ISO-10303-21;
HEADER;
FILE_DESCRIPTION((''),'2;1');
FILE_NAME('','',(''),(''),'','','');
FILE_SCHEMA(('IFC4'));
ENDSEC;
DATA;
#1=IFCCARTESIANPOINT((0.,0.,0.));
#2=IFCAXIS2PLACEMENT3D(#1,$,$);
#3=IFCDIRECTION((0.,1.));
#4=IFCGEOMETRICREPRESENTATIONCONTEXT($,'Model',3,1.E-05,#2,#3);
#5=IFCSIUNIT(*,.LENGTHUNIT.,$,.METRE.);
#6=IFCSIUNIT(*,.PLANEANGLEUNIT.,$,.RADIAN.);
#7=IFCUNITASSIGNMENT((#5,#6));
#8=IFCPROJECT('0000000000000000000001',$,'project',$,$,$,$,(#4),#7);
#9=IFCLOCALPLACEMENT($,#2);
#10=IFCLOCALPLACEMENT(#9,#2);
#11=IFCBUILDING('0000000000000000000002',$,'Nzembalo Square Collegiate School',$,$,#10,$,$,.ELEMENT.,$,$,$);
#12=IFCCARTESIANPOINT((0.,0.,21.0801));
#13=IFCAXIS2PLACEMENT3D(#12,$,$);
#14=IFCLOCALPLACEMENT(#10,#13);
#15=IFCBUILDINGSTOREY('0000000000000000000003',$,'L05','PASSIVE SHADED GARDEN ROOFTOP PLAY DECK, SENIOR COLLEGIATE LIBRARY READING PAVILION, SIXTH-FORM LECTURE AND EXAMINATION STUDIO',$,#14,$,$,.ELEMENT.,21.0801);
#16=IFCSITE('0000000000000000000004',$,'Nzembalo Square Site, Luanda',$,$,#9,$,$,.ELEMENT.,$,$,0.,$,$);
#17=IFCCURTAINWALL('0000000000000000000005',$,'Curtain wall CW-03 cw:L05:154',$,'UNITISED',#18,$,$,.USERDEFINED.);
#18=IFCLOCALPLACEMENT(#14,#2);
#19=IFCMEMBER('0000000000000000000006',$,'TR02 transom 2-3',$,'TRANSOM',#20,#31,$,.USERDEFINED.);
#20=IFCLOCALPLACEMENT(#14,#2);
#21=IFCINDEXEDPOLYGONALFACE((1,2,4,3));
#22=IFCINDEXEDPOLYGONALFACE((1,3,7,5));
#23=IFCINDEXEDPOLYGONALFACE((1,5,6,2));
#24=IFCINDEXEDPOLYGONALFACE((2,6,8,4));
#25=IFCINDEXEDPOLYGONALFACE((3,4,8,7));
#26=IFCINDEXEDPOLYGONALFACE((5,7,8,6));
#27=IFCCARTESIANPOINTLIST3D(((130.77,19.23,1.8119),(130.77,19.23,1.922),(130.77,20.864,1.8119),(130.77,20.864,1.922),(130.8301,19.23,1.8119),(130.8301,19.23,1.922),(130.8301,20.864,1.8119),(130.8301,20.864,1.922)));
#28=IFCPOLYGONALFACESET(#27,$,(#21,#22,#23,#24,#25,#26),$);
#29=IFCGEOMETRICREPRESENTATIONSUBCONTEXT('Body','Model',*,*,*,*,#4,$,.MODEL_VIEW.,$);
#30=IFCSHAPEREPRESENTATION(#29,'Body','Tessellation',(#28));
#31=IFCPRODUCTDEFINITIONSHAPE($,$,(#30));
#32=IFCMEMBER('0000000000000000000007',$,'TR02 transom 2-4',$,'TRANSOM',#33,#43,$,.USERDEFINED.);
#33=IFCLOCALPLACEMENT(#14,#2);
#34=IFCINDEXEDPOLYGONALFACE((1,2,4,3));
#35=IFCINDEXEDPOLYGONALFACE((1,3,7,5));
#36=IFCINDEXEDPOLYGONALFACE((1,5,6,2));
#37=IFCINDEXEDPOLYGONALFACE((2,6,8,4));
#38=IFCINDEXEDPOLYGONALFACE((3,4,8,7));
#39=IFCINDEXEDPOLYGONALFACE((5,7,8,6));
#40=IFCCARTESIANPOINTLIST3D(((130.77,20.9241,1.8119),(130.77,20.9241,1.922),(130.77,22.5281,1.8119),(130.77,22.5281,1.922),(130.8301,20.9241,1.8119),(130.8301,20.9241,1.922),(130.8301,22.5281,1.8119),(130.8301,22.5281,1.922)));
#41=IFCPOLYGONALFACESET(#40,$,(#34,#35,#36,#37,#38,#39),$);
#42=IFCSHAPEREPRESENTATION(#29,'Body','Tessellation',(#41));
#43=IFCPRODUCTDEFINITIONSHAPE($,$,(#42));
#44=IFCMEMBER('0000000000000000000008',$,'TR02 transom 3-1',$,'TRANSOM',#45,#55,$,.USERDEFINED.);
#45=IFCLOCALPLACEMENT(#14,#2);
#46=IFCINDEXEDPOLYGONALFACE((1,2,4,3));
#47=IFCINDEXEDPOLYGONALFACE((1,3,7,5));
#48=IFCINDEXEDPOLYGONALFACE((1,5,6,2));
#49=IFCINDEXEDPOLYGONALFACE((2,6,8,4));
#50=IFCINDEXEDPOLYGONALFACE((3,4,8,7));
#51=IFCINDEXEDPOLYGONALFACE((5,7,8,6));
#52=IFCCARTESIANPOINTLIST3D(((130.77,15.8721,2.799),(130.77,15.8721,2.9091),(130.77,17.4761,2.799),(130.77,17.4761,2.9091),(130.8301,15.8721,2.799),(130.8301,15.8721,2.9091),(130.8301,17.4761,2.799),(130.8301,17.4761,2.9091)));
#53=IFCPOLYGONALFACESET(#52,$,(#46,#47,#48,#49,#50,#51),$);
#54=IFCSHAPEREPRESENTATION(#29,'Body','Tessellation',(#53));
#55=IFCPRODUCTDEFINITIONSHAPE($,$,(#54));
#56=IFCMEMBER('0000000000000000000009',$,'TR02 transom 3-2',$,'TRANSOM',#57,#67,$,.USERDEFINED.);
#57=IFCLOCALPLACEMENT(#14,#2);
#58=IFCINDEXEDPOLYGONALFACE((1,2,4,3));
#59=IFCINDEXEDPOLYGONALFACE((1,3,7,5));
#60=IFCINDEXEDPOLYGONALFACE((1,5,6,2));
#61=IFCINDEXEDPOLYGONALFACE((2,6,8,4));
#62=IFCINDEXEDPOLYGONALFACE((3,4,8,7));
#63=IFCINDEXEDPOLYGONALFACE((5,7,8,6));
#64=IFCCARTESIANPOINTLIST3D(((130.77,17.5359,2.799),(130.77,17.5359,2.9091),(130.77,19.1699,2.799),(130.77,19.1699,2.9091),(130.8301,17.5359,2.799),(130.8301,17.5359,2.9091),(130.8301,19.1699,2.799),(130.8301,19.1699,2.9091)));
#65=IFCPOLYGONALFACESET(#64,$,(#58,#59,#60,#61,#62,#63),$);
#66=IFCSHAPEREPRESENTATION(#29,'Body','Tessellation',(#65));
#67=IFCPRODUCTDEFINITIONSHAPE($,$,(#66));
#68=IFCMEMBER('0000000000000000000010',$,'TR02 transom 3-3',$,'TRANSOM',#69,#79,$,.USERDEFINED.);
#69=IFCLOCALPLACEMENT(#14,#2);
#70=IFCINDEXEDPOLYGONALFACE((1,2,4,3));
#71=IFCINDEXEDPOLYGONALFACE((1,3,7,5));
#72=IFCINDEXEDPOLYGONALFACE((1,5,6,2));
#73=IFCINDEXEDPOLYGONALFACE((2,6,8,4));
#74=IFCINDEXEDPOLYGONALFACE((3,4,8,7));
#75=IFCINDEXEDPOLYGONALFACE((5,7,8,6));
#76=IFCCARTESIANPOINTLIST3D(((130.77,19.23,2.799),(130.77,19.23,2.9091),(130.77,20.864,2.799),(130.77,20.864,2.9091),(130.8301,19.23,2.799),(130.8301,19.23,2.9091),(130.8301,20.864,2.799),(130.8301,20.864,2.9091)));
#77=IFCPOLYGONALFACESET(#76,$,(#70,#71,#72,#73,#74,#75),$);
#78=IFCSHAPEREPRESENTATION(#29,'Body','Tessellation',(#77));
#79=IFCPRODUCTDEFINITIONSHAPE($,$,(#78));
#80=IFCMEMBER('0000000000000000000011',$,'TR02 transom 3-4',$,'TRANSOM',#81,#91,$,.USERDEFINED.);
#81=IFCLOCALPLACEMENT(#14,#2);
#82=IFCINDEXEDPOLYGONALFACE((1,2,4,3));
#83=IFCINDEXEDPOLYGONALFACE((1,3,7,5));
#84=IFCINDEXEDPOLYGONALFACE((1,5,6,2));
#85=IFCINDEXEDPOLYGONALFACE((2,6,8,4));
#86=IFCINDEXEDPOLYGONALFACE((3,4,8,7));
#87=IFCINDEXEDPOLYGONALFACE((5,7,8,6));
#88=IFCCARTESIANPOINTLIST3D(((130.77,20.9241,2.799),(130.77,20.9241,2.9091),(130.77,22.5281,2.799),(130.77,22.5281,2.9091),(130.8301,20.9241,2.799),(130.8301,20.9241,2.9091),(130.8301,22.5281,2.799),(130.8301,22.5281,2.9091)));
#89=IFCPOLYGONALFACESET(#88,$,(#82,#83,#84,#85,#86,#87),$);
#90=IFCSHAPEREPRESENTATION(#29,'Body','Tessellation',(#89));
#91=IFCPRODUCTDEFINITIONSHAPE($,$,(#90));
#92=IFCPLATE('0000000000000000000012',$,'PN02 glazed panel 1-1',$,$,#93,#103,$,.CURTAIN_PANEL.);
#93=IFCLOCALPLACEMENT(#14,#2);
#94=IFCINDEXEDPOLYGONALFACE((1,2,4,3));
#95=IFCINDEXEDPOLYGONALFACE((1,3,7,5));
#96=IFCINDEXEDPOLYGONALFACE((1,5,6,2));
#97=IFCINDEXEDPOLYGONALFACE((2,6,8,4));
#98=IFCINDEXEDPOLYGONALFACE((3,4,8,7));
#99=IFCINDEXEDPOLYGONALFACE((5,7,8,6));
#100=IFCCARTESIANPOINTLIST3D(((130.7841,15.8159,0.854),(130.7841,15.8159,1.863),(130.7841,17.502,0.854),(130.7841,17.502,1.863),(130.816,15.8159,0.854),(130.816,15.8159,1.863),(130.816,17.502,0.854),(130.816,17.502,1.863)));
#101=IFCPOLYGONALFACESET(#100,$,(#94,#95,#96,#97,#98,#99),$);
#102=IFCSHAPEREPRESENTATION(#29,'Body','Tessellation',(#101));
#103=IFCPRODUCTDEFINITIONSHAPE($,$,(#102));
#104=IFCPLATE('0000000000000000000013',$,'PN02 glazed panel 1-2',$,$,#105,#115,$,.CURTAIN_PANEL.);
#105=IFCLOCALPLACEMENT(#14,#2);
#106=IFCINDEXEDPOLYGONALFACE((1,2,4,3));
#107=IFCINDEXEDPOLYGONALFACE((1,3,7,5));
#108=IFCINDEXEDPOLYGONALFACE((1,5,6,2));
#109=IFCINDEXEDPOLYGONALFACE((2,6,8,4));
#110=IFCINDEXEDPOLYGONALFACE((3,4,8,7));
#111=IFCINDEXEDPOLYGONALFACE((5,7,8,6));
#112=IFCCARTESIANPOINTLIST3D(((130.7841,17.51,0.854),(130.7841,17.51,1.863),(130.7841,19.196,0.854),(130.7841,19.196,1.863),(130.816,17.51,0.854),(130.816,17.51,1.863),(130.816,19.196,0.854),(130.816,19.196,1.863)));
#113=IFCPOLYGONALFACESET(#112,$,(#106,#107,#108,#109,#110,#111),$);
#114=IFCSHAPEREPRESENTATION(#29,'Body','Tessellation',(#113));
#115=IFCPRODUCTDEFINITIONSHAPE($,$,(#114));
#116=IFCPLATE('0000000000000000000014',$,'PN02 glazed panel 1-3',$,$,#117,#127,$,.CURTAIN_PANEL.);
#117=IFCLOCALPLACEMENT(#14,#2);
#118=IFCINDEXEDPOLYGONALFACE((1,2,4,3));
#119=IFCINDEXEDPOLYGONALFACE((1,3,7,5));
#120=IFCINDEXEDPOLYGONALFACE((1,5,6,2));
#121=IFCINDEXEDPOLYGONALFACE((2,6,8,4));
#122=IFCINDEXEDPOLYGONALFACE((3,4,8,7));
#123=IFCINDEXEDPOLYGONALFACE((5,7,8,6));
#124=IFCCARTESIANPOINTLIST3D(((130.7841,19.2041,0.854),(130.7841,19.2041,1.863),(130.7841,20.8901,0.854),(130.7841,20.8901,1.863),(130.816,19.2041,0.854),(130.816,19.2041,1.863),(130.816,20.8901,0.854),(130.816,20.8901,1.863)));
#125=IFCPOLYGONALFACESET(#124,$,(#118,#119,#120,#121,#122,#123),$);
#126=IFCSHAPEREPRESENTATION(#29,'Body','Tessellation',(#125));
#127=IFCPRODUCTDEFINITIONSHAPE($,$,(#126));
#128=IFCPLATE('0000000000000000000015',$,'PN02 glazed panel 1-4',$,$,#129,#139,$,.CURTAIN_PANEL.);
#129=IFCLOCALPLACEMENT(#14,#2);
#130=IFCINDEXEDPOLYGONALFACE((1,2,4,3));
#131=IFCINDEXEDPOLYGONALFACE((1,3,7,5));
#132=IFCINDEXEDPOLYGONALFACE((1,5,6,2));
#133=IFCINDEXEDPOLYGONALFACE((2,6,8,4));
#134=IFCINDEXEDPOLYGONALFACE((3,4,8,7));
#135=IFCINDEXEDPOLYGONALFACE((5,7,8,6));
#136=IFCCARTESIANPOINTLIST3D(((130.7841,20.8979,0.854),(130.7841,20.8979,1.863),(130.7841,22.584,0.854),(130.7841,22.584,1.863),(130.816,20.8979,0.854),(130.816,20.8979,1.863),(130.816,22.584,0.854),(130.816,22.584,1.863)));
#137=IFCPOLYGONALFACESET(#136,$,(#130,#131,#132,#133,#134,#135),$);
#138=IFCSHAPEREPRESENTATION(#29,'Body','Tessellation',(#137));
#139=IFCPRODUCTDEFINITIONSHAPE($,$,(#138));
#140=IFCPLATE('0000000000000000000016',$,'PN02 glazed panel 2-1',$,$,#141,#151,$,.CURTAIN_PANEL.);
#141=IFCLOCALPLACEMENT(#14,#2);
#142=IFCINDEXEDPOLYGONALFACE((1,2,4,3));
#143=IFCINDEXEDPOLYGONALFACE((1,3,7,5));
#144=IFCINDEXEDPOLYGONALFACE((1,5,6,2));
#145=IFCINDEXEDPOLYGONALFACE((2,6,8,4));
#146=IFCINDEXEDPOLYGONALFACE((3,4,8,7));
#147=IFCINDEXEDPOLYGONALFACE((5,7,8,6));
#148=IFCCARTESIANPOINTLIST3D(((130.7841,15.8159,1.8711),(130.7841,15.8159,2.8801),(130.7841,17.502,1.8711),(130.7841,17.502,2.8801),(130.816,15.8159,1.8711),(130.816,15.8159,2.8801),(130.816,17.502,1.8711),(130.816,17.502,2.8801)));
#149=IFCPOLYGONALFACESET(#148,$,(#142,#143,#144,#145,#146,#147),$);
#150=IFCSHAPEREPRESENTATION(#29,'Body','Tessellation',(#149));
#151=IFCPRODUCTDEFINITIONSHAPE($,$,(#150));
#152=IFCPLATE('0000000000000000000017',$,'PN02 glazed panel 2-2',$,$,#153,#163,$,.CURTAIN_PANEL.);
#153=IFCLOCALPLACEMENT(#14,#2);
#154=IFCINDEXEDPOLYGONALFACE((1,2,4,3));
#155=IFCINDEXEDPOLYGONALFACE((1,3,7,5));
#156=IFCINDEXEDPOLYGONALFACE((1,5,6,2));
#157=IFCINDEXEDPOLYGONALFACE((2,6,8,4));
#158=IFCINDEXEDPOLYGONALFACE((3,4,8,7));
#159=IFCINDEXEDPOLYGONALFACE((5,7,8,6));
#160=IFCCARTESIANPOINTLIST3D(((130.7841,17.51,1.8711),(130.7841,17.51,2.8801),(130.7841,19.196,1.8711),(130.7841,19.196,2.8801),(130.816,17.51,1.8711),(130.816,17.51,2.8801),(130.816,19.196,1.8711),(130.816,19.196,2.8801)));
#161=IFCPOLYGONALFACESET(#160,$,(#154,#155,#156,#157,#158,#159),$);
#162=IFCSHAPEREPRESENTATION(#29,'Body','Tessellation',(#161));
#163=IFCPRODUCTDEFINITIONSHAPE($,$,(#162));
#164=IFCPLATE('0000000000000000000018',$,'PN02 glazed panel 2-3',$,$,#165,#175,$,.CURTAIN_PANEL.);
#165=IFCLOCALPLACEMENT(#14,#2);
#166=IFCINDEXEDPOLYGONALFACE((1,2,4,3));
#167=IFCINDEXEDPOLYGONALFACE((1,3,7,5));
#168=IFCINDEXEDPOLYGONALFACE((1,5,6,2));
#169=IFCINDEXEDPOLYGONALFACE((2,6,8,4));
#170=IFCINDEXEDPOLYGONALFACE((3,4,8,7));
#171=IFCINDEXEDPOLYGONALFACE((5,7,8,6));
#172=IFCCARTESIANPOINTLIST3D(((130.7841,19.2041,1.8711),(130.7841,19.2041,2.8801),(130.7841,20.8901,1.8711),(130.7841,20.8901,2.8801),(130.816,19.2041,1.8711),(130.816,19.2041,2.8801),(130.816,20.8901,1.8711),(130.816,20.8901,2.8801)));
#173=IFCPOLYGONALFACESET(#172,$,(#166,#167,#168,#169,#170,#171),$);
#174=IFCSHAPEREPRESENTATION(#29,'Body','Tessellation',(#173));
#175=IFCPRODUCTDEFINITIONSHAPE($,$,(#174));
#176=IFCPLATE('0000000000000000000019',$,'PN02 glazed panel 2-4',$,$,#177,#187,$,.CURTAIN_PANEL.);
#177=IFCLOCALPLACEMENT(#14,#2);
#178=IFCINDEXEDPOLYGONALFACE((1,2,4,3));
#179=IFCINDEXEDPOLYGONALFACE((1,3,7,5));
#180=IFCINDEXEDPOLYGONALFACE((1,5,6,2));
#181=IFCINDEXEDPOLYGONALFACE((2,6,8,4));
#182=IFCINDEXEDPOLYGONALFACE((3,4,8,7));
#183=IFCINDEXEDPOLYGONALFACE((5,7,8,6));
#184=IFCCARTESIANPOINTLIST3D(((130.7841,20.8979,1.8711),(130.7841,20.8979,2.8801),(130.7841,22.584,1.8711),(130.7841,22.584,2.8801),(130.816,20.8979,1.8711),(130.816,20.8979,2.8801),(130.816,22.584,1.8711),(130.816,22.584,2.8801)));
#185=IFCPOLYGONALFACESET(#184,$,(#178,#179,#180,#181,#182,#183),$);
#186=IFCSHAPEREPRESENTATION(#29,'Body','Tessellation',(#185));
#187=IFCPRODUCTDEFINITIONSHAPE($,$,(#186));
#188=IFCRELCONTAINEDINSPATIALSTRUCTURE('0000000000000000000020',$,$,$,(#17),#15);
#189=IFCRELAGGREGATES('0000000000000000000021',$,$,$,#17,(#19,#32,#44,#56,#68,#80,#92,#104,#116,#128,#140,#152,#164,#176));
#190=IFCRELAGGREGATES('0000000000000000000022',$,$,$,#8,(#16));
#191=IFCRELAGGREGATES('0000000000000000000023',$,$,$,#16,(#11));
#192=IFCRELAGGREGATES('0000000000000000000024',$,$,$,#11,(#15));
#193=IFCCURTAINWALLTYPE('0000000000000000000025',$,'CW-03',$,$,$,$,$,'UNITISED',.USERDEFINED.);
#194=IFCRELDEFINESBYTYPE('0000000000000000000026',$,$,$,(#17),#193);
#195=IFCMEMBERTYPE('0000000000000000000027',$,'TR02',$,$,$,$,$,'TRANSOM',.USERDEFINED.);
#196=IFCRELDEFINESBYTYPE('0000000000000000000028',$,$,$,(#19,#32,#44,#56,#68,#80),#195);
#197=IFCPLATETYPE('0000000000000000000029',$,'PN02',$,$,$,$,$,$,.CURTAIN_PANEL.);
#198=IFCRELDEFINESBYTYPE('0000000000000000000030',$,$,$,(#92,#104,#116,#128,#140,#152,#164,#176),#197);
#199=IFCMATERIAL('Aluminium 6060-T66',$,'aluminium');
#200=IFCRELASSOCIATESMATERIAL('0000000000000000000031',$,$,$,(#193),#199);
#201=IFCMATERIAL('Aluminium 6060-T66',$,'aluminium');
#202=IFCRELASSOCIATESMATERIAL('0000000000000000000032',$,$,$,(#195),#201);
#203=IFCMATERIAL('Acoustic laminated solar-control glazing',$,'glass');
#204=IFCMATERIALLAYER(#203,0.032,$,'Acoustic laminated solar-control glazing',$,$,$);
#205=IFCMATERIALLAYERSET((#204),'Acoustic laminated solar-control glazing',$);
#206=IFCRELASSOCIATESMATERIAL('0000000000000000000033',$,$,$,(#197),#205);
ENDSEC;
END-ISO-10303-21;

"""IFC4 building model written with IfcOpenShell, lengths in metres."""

from ifc_helpers import new_model, si_unit, direction, frame, origin, origin_2d, place, context, subcontext, project, spatial, rectangle, extrude, material, layer, layer_set, material_profile, profile_set, type_object, element, aggregate, save


model = new_model("IFC4")

# Units and contexts
model_context = context("Model", 3, precision=1e-05, world=origin(), true_north=direction((0.0, 1.0)))
body_context = subcontext(model_context, "Body", "Model", "MODEL_VIEW")
ifc_project = project(units=[si_unit("LENGTHUNIT", "METRE"), si_unit("PLANEANGLEUNIT", "RADIAN")], contexts=[model_context])

# Site, building, storey
site_placement = place(None, origin())
site = spatial("IfcSite", under=ifc_project, at=site_placement, Name="Nzembalo Square Site, Luanda", CompositionType="ELEMENT", RefElevation=0.0)
building_placement = place(site_placement, origin())
building = spatial("IfcBuilding", under=site, at=building_placement, Name="Nzembalo Square Collegiate School", CompositionType="ELEMENT")
storey_placement = place(building_placement, frame((0.0, 0.0, 21.0801)))
storey = spatial("IfcBuildingStorey", under=building, at=storey_placement, Name="L05", Description="PASSIVE SHADED GARDEN ROOFTOP PLAY DECK, SENIOR COLLEGIATE LIBRARY READING PAVILION, SIXTH-FORM LECTURE AND EXAMINATION STUDIO", CompositionType="ELEMENT", Elevation=21.0801)

# Curtain wall
ifc_material_1 = material(Name="Aluminium 6060-T66", Category="aluminium")
curtain_wall_type_1 = type_object("IfcCurtainWallType", Name="CW-03", ElementType="UNITISED", PredefinedType="USERDEFINED", material=ifc_material_1)
curtain_wall_1_placement = place(storey_placement, origin())
curtain_wall_1 = element("IfcCurtainWall", 1, at=curtain_wall_1_placement, inside=storey, type_object=curtain_wall_type_1, Name="Curtain wall CW-03 cw:L05:154", ObjectType="UNITISED", PredefinedType="USERDEFINED")

# Members
ifc_material_2 = material(Name="Aluminium 6060-T66", Category="aluminium")
ifc_material_profile_1 = material_profile(ifc_material_2, rectangle(XDim=0.0601, YDim=0.1101, at=origin_2d()), Name="ALU T60x110")
ifc_profile_set_1 = profile_set([ifc_material_profile_1], Name="Aluminium 6060-T66")
member_type_1 = type_object("IfcMemberType", Name="TR02", ElementType="TRANSOM", PredefinedType="USERDEFINED", material=ifc_profile_set_1)
member_1_placement = place(storey_placement, frame((130.8, 19.23, 1.8669), z_axis=(0.0, 1.0, 0.0), x_axis=(-1.0, 0.0, 0.0)))
member_1 = element("IfcMember", 2, at=member_1_placement, type_object=member_type_1, Name="TR02 transom 2-3", ObjectType="TRANSOM", PredefinedType="USERDEFINED", context=body_context, shape_type="SweptSolid", body=[
    extrude(rectangle(XDim=0.0601, YDim=0.1101, at=origin_2d()), origin(), (0.0, 0.0, 1.0), 1.634),
])
member_2_placement = place(storey_placement, frame((130.8, 20.9241, 1.8669), z_axis=(0.0, 1.0, 0.0), x_axis=(-1.0, 0.0, 0.0)))
member_2 = element("IfcMember", 3, at=member_2_placement, type_object=member_type_1, Name="TR02 transom 2-4", ObjectType="TRANSOM", PredefinedType="USERDEFINED", context=body_context, shape_type="SweptSolid", body=[
    extrude(rectangle(XDim=0.0601, YDim=0.1101, at=origin_2d()), origin(), (0.0, 0.0, 1.0), 1.604),
])
member_3_placement = place(storey_placement, frame((130.8, 15.8721, 2.854), z_axis=(0.0, 1.0, 0.0), x_axis=(-1.0, 0.0, 0.0)))
member_3 = element("IfcMember", 4, at=member_3_placement, type_object=member_type_1, Name="TR02 transom 3-1", ObjectType="TRANSOM", PredefinedType="USERDEFINED", context=body_context, shape_type="SweptSolid", body=[
    extrude(rectangle(XDim=0.0601, YDim=0.1101, at=origin_2d()), origin(), (0.0, 0.0, 1.0), 1.604),
])
member_4_placement = place(storey_placement, frame((130.8, 17.5359, 2.854), z_axis=(0.0, 1.0, 0.0), x_axis=(-1.0, 0.0, 0.0)))
member_4 = element("IfcMember", 5, at=member_4_placement, type_object=member_type_1, Name="TR02 transom 3-2", ObjectType="TRANSOM", PredefinedType="USERDEFINED", context=body_context, shape_type="SweptSolid", body=[
    extrude(rectangle(XDim=0.0601, YDim=0.1101, at=origin_2d()), origin(), (0.0, 0.0, 1.0), 1.634),
])
member_5_placement = place(storey_placement, frame((130.8, 19.23, 2.854), z_axis=(0.0, 1.0, 0.0), x_axis=(-1.0, 0.0, 0.0)))
member_5 = element("IfcMember", 6, at=member_5_placement, type_object=member_type_1, Name="TR02 transom 3-3", ObjectType="TRANSOM", PredefinedType="USERDEFINED", context=body_context, shape_type="SweptSolid", body=[
    extrude(rectangle(XDim=0.0601, YDim=0.1101, at=origin_2d()), origin(), (0.0, 0.0, 1.0), 1.634),
])
member_6_placement = place(storey_placement, frame((130.8, 20.9241, 2.854), z_axis=(0.0, 1.0, 0.0), x_axis=(-1.0, 0.0, 0.0)))
member_6 = element("IfcMember", 7, at=member_6_placement, type_object=member_type_1, Name="TR02 transom 3-4", ObjectType="TRANSOM", PredefinedType="USERDEFINED", context=body_context, shape_type="SweptSolid", body=[
    extrude(rectangle(XDim=0.0601, YDim=0.1101, at=origin_2d()), origin(), (0.0, 0.0, 1.0), 1.604),
])

# Plates
ifc_material_3 = material(Name="Acoustic laminated solar-control glazing", Category="glass")
ifc_layer_1 = layer(ifc_material_3, 0.032, Name="Acoustic laminated solar-control glazing")
ifc_layer_set_1 = layer_set([ifc_layer_1], Name="Acoustic laminated solar-control glazing")
plate_type = type_object("IfcPlateType", Name="PN02", PredefinedType="CURTAIN_PANEL", material=ifc_layer_set_1)
plate_1_placement = place(storey_placement, frame((130.8, 16.6589, 0.854), z_axis=(0.0, 0.0, 1.0), x_axis=(0.0, 1.0, 0.0)))
plate_1 = element("IfcPlate", 8, at=plate_1_placement, type_object=plate_type, Name="PN02 glazed panel 1-1", PredefinedType="CURTAIN_PANEL", context=body_context, shape_type="SweptSolid", body=[
    extrude(rectangle(XDim=1.686, YDim=0.032, at=origin_2d()), origin(), (0.0, 0.0, 1.0), 1.009),
])
plate_2_placement = place(storey_placement, frame((130.8, 18.353, 0.854), z_axis=(0.0, 0.0, 1.0), x_axis=(0.0, 1.0, 0.0)))
plate_2 = element("IfcPlate", 9, at=plate_2_placement, type_object=plate_type, Name="PN02 glazed panel 1-2", PredefinedType="CURTAIN_PANEL", context=body_context, shape_type="SweptSolid", body=[
    extrude(rectangle(XDim=1.686, YDim=0.032, at=origin_2d()), origin(), (0.0, 0.0, 1.0), 1.009),
])
plate_3_placement = place(storey_placement, frame((130.8, 20.0471, 0.854), z_axis=(0.0, 0.0, 1.0), x_axis=(0.0, 1.0, 0.0)))
plate_3 = element("IfcPlate", 10, at=plate_3_placement, type_object=plate_type, Name="PN02 glazed panel 1-3", PredefinedType="CURTAIN_PANEL", context=body_context, shape_type="SweptSolid", body=[
    extrude(rectangle(XDim=1.686, YDim=0.032, at=origin_2d()), origin(), (0.0, 0.0, 1.0), 1.009),
])
plate_4_placement = place(storey_placement, frame((130.8, 21.741, 0.854), z_axis=(0.0, 0.0, 1.0), x_axis=(0.0, 1.0, 0.0)))
plate_4 = element("IfcPlate", 11, at=plate_4_placement, type_object=plate_type, Name="PN02 glazed panel 1-4", PredefinedType="CURTAIN_PANEL", context=body_context, shape_type="SweptSolid", body=[
    extrude(rectangle(XDim=1.686, YDim=0.032, at=origin_2d()), origin(), (0.0, 0.0, 1.0), 1.009),
])
plate_5_placement = place(storey_placement, frame((130.8, 16.6589, 1.8711), z_axis=(0.0, 0.0, 1.0), x_axis=(0.0, 1.0, 0.0)))
plate_5 = element("IfcPlate", 12, at=plate_5_placement, type_object=plate_type, Name="PN02 glazed panel 2-1", PredefinedType="CURTAIN_PANEL", context=body_context, shape_type="SweptSolid", body=[
    extrude(rectangle(XDim=1.686, YDim=0.032, at=origin_2d()), origin(), (0.0, 0.0, 1.0), 1.009),
])
plate_6_placement = place(storey_placement, frame((130.8, 18.353, 1.8711), z_axis=(0.0, 0.0, 1.0), x_axis=(0.0, 1.0, 0.0)))
plate_6 = element("IfcPlate", 13, at=plate_6_placement, type_object=plate_type, Name="PN02 glazed panel 2-2", PredefinedType="CURTAIN_PANEL", context=body_context, shape_type="SweptSolid", body=[
    extrude(rectangle(XDim=1.686, YDim=0.032, at=origin_2d()), origin(), (0.0, 0.0, 1.0), 1.009),
])
plate_7_placement = place(storey_placement, frame((130.8, 20.0471, 1.8711), z_axis=(0.0, 0.0, 1.0), x_axis=(0.0, 1.0, 0.0)))
plate_7 = element("IfcPlate", 14, at=plate_7_placement, type_object=plate_type, Name="PN02 glazed panel 2-3", PredefinedType="CURTAIN_PANEL", context=body_context, shape_type="SweptSolid", body=[
    extrude(rectangle(XDim=1.686, YDim=0.032, at=origin_2d()), origin(), (0.0, 0.0, 1.0), 1.009),
])
plate_8_placement = place(storey_placement, frame((130.8, 21.741, 1.8711), z_axis=(0.0, 0.0, 1.0), x_axis=(0.0, 1.0, 0.0)))
plate_8 = element("IfcPlate", 15, at=plate_8_placement, type_object=plate_type, Name="PN02 glazed panel 2-4", PredefinedType="CURTAIN_PANEL", context=body_context, shape_type="SweptSolid", body=[
    extrude(rectangle(XDim=1.686, YDim=0.032, at=origin_2d()), origin(), (0.0, 0.0, 1.0), 1.009),
])
aggregate(curtain_wall_1, [member_1, member_2, member_3, member_4, member_5, member_6, plate_1, plate_2, plate_3, plate_4, plate_5, plate_6, plate_7, plate_8])

save(model, "model.ifc")
